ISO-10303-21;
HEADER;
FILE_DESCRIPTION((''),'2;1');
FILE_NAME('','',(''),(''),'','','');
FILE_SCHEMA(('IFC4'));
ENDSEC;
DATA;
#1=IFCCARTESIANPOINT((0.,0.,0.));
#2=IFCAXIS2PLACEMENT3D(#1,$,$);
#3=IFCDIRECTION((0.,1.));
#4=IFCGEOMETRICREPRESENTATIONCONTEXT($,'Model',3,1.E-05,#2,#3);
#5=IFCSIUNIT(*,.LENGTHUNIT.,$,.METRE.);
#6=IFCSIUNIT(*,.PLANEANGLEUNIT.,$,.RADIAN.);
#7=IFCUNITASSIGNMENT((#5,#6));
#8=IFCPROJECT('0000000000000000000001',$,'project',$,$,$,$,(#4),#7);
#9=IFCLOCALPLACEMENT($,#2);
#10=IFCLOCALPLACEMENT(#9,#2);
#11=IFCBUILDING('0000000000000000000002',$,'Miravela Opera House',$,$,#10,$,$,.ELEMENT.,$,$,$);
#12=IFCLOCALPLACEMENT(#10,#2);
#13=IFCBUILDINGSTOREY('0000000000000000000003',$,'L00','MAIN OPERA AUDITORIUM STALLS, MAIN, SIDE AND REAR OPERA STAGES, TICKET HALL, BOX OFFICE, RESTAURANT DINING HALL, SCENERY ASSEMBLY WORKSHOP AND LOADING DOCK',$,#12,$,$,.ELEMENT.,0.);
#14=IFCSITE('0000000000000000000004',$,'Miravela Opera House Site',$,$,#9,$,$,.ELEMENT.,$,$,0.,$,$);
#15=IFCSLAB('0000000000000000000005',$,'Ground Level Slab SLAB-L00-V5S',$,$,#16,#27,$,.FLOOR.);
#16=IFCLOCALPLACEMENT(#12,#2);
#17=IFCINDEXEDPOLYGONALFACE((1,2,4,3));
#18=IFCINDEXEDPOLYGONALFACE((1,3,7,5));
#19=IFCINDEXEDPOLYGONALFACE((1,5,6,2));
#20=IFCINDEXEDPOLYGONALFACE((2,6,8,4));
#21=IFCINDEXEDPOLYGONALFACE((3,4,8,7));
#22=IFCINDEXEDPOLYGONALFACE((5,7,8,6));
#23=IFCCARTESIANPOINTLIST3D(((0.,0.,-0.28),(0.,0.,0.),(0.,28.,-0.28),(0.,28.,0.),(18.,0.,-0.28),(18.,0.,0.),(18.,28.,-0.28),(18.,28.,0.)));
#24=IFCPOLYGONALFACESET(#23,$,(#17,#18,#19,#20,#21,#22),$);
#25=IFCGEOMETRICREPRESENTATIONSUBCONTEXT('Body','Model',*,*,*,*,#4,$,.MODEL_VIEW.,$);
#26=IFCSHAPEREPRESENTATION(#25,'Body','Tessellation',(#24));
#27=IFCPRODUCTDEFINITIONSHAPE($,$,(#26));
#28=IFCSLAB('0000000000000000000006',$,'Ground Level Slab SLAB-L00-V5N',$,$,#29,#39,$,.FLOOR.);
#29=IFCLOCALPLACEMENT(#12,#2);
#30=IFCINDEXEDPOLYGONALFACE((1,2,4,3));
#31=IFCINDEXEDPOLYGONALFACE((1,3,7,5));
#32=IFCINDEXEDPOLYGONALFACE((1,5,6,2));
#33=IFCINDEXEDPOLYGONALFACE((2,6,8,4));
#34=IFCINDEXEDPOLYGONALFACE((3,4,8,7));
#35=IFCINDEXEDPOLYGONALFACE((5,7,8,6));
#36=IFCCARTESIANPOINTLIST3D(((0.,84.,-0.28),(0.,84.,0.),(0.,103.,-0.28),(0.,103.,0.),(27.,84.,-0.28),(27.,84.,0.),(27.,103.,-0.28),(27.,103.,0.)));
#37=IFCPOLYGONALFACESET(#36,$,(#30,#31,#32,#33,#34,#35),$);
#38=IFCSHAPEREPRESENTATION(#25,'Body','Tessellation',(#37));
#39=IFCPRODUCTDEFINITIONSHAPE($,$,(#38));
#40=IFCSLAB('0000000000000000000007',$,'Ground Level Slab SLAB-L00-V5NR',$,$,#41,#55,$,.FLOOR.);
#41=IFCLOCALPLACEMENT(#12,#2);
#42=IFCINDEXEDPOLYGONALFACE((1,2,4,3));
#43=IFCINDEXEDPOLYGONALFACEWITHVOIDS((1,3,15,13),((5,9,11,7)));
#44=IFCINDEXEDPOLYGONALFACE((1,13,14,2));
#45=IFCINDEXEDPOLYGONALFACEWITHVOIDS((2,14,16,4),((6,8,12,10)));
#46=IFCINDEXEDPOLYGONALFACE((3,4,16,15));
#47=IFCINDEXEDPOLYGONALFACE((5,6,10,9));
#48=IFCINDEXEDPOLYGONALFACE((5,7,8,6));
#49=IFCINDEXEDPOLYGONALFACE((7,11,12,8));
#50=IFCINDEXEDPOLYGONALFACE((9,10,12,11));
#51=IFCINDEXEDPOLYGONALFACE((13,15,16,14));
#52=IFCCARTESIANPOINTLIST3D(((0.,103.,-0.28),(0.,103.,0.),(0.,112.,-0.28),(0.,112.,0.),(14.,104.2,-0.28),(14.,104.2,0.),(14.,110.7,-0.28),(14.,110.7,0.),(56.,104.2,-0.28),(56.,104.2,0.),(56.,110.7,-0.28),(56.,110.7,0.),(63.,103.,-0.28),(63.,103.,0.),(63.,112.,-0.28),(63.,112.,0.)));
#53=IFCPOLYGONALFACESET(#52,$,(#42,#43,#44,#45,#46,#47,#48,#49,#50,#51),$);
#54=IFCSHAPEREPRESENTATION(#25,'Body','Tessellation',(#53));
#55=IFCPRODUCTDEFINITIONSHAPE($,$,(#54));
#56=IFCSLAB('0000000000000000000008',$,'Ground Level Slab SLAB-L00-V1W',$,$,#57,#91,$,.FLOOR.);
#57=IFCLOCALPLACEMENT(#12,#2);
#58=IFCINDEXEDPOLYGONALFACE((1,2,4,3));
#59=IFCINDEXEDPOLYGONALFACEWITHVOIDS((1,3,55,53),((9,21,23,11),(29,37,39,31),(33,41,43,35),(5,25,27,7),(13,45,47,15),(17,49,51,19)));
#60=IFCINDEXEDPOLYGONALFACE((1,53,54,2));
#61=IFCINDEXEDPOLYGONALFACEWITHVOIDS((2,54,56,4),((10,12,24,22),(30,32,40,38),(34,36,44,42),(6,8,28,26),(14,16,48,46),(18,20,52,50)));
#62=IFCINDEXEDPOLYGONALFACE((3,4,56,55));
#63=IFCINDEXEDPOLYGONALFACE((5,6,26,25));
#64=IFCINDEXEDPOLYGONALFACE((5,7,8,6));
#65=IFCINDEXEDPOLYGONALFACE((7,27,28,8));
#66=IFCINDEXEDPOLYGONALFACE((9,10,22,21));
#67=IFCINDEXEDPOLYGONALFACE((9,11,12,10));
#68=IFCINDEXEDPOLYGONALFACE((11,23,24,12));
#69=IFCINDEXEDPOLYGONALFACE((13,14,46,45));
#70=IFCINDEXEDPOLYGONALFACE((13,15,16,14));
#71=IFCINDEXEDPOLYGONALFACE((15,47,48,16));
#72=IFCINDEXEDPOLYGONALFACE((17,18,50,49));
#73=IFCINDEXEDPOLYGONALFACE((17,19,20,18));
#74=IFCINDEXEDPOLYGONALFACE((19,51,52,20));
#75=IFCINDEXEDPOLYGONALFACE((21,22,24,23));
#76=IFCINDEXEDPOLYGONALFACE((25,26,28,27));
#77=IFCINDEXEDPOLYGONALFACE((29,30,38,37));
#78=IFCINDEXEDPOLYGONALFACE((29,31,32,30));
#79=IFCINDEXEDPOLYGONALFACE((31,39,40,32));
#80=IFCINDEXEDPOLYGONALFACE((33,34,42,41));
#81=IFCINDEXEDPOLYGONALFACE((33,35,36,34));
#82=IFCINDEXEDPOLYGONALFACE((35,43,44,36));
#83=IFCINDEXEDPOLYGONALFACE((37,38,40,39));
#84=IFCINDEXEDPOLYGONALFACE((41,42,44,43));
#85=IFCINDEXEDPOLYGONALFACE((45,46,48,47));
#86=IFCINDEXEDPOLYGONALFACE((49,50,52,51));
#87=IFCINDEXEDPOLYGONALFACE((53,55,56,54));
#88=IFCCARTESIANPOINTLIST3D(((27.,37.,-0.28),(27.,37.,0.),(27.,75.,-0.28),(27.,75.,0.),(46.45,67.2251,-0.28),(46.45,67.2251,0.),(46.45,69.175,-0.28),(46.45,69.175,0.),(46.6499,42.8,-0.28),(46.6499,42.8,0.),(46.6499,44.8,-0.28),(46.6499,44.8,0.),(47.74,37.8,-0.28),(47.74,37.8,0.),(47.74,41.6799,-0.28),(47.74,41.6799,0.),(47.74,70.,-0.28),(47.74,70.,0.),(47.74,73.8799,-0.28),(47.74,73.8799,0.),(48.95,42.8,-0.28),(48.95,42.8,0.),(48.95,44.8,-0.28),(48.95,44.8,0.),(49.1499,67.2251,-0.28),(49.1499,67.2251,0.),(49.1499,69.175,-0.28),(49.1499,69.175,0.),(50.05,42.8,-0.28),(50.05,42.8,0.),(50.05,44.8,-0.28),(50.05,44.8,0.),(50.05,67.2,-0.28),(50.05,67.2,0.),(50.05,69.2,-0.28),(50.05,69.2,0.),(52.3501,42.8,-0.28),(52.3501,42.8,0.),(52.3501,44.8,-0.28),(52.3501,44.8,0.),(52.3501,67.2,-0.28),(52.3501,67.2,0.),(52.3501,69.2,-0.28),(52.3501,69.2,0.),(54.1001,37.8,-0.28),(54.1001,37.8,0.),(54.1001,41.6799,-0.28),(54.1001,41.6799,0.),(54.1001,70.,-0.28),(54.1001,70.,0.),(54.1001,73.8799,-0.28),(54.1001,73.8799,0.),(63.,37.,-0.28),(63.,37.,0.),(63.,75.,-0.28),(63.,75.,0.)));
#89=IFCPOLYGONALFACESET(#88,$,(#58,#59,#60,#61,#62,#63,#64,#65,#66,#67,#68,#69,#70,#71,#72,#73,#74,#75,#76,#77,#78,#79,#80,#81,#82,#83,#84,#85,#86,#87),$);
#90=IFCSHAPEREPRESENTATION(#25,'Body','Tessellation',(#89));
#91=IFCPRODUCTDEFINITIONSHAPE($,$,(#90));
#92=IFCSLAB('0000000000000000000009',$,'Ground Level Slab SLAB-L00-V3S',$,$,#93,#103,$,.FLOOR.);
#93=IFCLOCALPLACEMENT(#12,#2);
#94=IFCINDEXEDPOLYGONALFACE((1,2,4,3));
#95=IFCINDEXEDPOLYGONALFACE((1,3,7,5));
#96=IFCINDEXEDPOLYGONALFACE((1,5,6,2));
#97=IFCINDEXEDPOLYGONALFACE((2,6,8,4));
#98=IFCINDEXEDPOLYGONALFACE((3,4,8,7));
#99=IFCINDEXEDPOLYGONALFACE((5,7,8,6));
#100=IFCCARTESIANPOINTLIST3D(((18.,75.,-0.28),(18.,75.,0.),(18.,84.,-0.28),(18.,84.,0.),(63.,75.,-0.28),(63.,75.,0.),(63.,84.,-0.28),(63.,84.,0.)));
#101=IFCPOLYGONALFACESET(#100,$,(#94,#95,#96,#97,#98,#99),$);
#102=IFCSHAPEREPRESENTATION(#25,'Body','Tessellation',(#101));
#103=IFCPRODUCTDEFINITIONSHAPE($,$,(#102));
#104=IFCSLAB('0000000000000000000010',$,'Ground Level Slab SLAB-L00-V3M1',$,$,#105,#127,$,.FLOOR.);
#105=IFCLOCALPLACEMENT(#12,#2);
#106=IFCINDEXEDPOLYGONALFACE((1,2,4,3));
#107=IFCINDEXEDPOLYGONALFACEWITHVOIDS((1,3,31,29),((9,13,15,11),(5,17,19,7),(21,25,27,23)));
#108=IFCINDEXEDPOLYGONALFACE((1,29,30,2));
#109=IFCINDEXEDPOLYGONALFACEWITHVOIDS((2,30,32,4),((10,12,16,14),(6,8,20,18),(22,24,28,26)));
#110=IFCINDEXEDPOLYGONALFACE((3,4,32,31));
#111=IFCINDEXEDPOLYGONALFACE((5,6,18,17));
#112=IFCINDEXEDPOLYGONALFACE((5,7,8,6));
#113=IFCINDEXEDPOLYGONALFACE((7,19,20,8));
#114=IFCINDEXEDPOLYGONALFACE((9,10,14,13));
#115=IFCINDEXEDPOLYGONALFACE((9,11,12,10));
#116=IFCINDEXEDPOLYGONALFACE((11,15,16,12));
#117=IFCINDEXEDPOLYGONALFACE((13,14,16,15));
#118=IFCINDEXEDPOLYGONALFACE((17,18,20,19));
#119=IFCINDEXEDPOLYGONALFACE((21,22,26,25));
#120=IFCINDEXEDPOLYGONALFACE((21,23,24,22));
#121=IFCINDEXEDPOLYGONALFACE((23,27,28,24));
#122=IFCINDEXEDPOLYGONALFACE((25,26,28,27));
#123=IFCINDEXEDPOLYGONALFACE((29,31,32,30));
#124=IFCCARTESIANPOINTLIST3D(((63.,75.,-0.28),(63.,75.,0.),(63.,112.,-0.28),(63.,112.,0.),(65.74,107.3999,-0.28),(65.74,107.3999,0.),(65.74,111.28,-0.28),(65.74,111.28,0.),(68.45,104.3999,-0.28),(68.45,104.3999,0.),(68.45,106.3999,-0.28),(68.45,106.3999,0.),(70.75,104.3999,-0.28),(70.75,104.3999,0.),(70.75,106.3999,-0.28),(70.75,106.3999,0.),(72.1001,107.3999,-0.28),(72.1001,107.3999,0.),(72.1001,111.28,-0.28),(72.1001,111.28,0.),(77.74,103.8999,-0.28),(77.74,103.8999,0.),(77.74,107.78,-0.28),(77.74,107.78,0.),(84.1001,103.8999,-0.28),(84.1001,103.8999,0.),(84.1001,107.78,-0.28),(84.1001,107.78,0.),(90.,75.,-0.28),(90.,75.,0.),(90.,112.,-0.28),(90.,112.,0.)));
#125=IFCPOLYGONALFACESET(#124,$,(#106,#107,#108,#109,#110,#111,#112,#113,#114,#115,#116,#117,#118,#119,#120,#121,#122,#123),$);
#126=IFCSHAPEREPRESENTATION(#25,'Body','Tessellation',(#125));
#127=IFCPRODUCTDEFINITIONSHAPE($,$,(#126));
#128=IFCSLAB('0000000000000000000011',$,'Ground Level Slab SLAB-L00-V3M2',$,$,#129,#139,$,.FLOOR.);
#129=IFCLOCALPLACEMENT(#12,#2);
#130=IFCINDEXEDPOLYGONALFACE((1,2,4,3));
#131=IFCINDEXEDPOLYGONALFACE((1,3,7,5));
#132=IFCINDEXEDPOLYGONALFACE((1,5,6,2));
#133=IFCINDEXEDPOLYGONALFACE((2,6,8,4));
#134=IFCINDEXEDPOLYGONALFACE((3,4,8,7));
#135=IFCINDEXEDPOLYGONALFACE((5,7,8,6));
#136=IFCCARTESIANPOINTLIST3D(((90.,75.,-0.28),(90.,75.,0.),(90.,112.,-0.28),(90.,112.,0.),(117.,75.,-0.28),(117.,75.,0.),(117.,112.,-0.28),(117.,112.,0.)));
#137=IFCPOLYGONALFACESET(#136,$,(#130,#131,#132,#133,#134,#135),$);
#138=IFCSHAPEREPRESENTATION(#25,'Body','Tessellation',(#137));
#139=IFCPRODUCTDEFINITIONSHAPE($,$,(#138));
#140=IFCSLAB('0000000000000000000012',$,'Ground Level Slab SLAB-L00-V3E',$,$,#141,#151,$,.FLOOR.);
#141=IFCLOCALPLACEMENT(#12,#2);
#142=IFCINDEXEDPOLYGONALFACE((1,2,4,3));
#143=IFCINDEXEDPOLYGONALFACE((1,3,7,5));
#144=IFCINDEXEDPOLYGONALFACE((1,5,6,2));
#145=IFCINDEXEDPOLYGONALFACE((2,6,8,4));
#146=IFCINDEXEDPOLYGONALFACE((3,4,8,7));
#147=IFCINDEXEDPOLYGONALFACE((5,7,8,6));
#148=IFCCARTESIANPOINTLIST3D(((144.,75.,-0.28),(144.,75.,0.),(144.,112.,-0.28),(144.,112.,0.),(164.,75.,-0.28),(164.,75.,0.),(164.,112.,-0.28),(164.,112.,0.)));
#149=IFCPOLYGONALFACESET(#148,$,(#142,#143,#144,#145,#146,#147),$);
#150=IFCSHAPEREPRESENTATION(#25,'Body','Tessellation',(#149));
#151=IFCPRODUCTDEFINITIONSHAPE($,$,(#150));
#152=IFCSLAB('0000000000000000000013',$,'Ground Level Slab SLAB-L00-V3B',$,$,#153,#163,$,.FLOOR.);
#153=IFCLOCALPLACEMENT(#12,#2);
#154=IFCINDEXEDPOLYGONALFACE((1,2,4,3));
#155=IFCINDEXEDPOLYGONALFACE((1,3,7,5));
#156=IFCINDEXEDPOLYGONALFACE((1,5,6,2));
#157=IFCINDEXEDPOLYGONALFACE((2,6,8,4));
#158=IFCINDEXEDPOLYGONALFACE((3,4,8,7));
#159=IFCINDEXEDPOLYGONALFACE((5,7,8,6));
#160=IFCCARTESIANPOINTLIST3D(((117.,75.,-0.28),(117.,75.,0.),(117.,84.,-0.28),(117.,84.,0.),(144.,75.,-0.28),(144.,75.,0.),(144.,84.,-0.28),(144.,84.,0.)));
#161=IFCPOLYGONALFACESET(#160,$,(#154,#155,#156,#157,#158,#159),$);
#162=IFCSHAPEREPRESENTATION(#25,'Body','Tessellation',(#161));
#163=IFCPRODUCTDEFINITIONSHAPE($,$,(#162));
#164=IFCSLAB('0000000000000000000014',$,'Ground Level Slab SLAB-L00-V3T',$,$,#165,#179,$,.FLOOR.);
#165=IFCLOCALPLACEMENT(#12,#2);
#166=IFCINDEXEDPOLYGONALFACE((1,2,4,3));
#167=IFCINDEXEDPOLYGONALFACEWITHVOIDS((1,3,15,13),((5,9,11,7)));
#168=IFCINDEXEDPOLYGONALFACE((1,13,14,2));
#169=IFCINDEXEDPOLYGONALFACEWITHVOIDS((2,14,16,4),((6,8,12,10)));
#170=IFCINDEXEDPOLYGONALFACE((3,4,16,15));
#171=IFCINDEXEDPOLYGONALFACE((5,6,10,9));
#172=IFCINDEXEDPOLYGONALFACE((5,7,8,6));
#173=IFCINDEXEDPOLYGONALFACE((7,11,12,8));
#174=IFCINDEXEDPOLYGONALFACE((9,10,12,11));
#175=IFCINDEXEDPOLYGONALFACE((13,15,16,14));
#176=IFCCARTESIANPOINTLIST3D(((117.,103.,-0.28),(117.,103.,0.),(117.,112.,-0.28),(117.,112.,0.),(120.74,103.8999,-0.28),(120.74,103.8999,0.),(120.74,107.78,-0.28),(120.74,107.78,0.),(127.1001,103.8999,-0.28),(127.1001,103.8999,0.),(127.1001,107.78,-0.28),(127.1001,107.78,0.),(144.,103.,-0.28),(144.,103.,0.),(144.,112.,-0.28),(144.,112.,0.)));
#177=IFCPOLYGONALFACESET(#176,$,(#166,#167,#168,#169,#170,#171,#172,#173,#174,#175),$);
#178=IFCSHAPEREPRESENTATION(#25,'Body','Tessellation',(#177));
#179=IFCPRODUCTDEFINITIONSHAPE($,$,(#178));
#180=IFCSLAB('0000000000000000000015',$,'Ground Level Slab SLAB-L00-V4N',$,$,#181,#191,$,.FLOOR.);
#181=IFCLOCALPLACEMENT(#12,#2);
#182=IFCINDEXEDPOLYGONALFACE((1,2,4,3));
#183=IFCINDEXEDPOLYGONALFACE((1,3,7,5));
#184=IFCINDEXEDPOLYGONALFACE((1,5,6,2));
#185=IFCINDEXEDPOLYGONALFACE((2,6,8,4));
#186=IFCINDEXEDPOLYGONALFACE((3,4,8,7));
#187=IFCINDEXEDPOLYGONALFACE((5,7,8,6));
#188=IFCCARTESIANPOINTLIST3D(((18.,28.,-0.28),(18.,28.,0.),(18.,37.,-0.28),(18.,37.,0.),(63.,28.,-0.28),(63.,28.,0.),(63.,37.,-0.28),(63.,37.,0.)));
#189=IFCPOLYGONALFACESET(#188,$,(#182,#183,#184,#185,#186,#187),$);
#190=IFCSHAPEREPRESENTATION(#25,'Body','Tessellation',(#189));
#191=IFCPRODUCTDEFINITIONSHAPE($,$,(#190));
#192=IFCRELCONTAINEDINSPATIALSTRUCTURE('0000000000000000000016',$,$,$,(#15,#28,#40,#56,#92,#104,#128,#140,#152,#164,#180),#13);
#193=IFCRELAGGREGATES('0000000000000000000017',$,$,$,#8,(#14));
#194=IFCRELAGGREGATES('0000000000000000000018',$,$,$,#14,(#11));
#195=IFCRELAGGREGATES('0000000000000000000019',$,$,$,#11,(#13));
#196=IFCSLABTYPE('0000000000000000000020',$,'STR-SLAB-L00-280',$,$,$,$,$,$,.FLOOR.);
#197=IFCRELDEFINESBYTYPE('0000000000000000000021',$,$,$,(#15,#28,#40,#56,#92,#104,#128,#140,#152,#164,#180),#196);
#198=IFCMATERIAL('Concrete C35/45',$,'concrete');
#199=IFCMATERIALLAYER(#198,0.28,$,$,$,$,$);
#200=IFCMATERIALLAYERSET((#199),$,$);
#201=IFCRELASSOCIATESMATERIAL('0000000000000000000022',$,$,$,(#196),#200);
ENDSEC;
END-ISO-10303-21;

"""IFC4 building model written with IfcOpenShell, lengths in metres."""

from ifc_helpers import new_model, si_unit, direction, frame, origin, place, context, subcontext, project, spatial, polyline, outline, extrude, material, layer, layer_set, type_object, element, save


model = new_model("IFC4")

# Units and contexts
model_context = context("Model", 3, precision=1e-05, world=origin(), true_north=direction((0.0, 1.0)))
body_context = subcontext(model_context, "Body", "Model", "MODEL_VIEW")
ifc_project = project(units=[si_unit("LENGTHUNIT", "METRE"), si_unit("PLANEANGLEUNIT", "RADIAN")], contexts=[model_context])

# Site, building, storey
site_placement = place(None, origin())
site = spatial("IfcSite", under=ifc_project, at=site_placement, Name="Miravela Opera House Site", CompositionType="ELEMENT", RefElevation=0.0)
building_placement = place(site_placement, origin())
building = spatial("IfcBuilding", under=site, at=building_placement, Name="Miravela Opera House", CompositionType="ELEMENT")
storey_placement = place(building_placement, origin())
storey = spatial("IfcBuildingStorey", under=building, at=storey_placement, Name="L00", Description="MAIN OPERA AUDITORIUM STALLS, MAIN, SIDE AND REAR OPERA STAGES, TICKET HALL, BOX OFFICE, RESTAURANT DINING HALL, SCENERY ASSEMBLY WORKSHOP AND LOADING DOCK", CompositionType="ELEMENT", Elevation=0.0)

# Slabs
ifc_material_1 = material(Name="Concrete C35/45", Category="concrete")
ifc_layer_1 = layer(ifc_material_1, 0.28)
ifc_layer_set_1 = layer_set([ifc_layer_1])
slab_type_1 = type_object("IfcSlabType", Name="STR-SLAB-L00-280", PredefinedType="FLOOR", material=ifc_layer_set_1)
slab_1_placement = place(storey_placement, frame((0.0, 0.0, -0.28)))
element("IfcSlab", 1, at=slab_1_placement, inside=storey, type_object=slab_type_1, Name="Ground Level Slab SLAB-L00-V5S", PredefinedType="FLOOR", context=body_context, shape_type="SweptSolid", body=[
    extrude(outline(polyline([(0.0, 0.0), (18.0, 0.0), (18.0, 28.0), (0.0, 28.0), (0.0, 0.0)])), origin(), (0.0, 0.0, 1.0), 0.28),
])
slab_2_placement = place(storey_placement, frame((0.0, 0.0, -0.28)))
element("IfcSlab", 2, at=slab_2_placement, inside=storey, type_object=slab_type_1, Name="Ground Level Slab SLAB-L00-V5N", PredefinedType="FLOOR", context=body_context, shape_type="SweptSolid", body=[
    extrude(outline(polyline([(0.0, 84.0), (27.0, 84.0), (27.0, 103.0), (0.0, 103.0), (0.0, 84.0)])), origin(), (0.0, 0.0, 1.0), 0.28),
])
slab_3_placement = place(storey_placement, frame((0.0, 0.0, -0.28)))
element("IfcSlab", 3, at=slab_3_placement, inside=storey, type_object=slab_type_1, Name="Ground Level Slab SLAB-L00-V5NR", PredefinedType="FLOOR", context=body_context, shape_type="SweptSolid", body=[
    extrude(outline(polyline([(0.0, 103.0), (63.0, 103.0), (63.0, 112.0), (0.0, 112.0), (0.0, 103.0)]), holes=[polyline([(14.0, 104.2), (56.0, 104.2), (56.0, 110.7), (14.0, 110.7), (14.0, 104.2)])]), origin(), (0.0, 0.0, 1.0), 0.28),
])
slab_4_placement = place(storey_placement, frame((0.0, 0.0, -0.28)))
element("IfcSlab", 4, at=slab_4_placement, inside=storey, type_object=slab_type_1, Name="Ground Level Slab SLAB-L00-V1W", PredefinedType="FLOOR", context=body_context, shape_type="SweptSolid", body=[
    extrude(outline(polyline([(27.0, 37.0), (63.0, 37.0), (63.0, 75.0), (27.0, 75.0), (27.0, 37.0)]), holes=[polyline([(47.74, 70.0), (54.1001, 70.0), (54.1001, 73.8799), (47.74, 73.8799), (47.74, 70.0)]), polyline([(47.74, 37.8), (54.1001, 37.8), (54.1001, 41.6799), (47.74, 41.6799), (47.74, 37.8)]), polyline([(46.45, 67.2251), (49.1499, 67.2251), (49.1499, 69.175), (46.45, 69.175), (46.45, 67.2251)]), polyline([(50.05, 67.2), (52.3501, 67.2), (52.3501, 69.2), (50.05, 69.2), (50.05, 67.2)]), polyline([(46.6499, 42.8), (48.95, 42.8), (48.95, 44.8), (46.6499, 44.8), (46.6499, 42.8)]), polyline([(50.05, 42.8), (52.3501, 42.8), (52.3501, 44.8), (50.05, 44.8), (50.05, 42.8)])]), origin(), (0.0, 0.0, 1.0), 0.28),
])
slab_5_placement = place(storey_placement, frame((0.0, 0.0, -0.28)))
element("IfcSlab", 5, at=slab_5_placement, inside=storey, type_object=slab_type_1, Name="Ground Level Slab SLAB-L00-V3S", PredefinedType="FLOOR", context=body_context, shape_type="SweptSolid", body=[
    extrude(outline(polyline([(18.0, 75.0), (63.0, 75.0), (63.0, 84.0), (18.0, 84.0), (18.0, 75.0)])), origin(), (0.0, 0.0, 1.0), 0.28),
])
slab_6_placement = place(storey_placement, frame((0.0, 0.0, -0.28)))
element("IfcSlab", 6, at=slab_6_placement, inside=storey, type_object=slab_type_1, Name="Ground Level Slab SLAB-L00-V3M1", PredefinedType="FLOOR", context=body_context, shape_type="SweptSolid", body=[
    extrude(outline(polyline([(63.0, 75.0), (90.0, 75.0), (90.0, 112.0), (63.0, 112.0), (63.0, 75.0)]), holes=[polyline([(65.74, 107.3999), (72.1001, 107.3999), (72.1001, 111.28), (65.74, 111.28), (65.74, 107.3999)]), polyline([(77.74, 103.8999), (84.1001, 103.8999), (84.1001, 107.78), (77.74, 107.78), (77.74, 103.8999)]), polyline([(68.45, 104.3999), (70.75, 104.3999), (70.75, 106.3999), (68.45, 106.3999), (68.45, 104.3999)])]), origin(), (0.0, 0.0, 1.0), 0.28),
])
slab_7_placement = place(storey_placement, frame((0.0, 0.0, -0.28)))
element("IfcSlab", 7, at=slab_7_placement, inside=storey, type_object=slab_type_1, Name="Ground Level Slab SLAB-L00-V3M2", PredefinedType="FLOOR", context=body_context, shape_type="SweptSolid", body=[
    extrude(outline(polyline([(90.0, 75.0), (117.0, 75.0), (117.0, 112.0), (90.0, 112.0), (90.0, 75.0)])), origin(), (0.0, 0.0, 1.0), 0.28),
])
slab_8_placement = place(storey_placement, frame((0.0, 0.0, -0.28)))
element("IfcSlab", 8, at=slab_8_placement, inside=storey, type_object=slab_type_1, Name="Ground Level Slab SLAB-L00-V3E", PredefinedType="FLOOR", context=body_context, shape_type="SweptSolid", body=[
    extrude(outline(polyline([(144.0, 75.0), (164.0, 75.0), (164.0, 112.0), (144.0, 112.0), (144.0, 75.0)])), origin(), (0.0, 0.0, 1.0), 0.28),
])
slab_9_placement = place(storey_placement, frame((0.0, 0.0, -0.28)))
element("IfcSlab", 9, at=slab_9_placement, inside=storey, type_object=slab_type_1, Name="Ground Level Slab SLAB-L00-V3B", PredefinedType="FLOOR", context=body_context, shape_type="SweptSolid", body=[
    extrude(outline(polyline([(117.0, 75.0), (144.0, 75.0), (144.0, 84.0), (117.0, 84.0), (117.0, 75.0)])), origin(), (0.0, 0.0, 1.0), 0.28),
])
slab_10_placement = place(storey_placement, frame((0.0, 0.0, -0.28)))
element("IfcSlab", 10, at=slab_10_placement, inside=storey, type_object=slab_type_1, Name="Ground Level Slab SLAB-L00-V3T", PredefinedType="FLOOR", context=body_context, shape_type="SweptSolid", body=[
    extrude(outline(polyline([(117.0, 103.0), (144.0, 103.0), (144.0, 112.0), (117.0, 112.0), (117.0, 103.0)]), holes=[polyline([(120.74, 103.8999), (127.1001, 103.8999), (127.1001, 107.78), (120.74, 107.78), (120.74, 103.8999)])]), origin(), (0.0, 0.0, 1.0), 0.28),
])
slab_11_placement = place(storey_placement, frame((0.0, 0.0, -0.28)))
element("IfcSlab", 11, at=slab_11_placement, inside=storey, type_object=slab_type_1, Name="Ground Level Slab SLAB-L00-V4N", PredefinedType="FLOOR", context=body_context, shape_type="SweptSolid", body=[
    extrude(outline(polyline([(18.0, 28.0), (63.0, 28.0), (63.0, 37.0), (18.0, 37.0), (18.0, 28.0)])), origin(), (0.0, 0.0, 1.0), 0.28),
])

save(model, "model.ifc")
